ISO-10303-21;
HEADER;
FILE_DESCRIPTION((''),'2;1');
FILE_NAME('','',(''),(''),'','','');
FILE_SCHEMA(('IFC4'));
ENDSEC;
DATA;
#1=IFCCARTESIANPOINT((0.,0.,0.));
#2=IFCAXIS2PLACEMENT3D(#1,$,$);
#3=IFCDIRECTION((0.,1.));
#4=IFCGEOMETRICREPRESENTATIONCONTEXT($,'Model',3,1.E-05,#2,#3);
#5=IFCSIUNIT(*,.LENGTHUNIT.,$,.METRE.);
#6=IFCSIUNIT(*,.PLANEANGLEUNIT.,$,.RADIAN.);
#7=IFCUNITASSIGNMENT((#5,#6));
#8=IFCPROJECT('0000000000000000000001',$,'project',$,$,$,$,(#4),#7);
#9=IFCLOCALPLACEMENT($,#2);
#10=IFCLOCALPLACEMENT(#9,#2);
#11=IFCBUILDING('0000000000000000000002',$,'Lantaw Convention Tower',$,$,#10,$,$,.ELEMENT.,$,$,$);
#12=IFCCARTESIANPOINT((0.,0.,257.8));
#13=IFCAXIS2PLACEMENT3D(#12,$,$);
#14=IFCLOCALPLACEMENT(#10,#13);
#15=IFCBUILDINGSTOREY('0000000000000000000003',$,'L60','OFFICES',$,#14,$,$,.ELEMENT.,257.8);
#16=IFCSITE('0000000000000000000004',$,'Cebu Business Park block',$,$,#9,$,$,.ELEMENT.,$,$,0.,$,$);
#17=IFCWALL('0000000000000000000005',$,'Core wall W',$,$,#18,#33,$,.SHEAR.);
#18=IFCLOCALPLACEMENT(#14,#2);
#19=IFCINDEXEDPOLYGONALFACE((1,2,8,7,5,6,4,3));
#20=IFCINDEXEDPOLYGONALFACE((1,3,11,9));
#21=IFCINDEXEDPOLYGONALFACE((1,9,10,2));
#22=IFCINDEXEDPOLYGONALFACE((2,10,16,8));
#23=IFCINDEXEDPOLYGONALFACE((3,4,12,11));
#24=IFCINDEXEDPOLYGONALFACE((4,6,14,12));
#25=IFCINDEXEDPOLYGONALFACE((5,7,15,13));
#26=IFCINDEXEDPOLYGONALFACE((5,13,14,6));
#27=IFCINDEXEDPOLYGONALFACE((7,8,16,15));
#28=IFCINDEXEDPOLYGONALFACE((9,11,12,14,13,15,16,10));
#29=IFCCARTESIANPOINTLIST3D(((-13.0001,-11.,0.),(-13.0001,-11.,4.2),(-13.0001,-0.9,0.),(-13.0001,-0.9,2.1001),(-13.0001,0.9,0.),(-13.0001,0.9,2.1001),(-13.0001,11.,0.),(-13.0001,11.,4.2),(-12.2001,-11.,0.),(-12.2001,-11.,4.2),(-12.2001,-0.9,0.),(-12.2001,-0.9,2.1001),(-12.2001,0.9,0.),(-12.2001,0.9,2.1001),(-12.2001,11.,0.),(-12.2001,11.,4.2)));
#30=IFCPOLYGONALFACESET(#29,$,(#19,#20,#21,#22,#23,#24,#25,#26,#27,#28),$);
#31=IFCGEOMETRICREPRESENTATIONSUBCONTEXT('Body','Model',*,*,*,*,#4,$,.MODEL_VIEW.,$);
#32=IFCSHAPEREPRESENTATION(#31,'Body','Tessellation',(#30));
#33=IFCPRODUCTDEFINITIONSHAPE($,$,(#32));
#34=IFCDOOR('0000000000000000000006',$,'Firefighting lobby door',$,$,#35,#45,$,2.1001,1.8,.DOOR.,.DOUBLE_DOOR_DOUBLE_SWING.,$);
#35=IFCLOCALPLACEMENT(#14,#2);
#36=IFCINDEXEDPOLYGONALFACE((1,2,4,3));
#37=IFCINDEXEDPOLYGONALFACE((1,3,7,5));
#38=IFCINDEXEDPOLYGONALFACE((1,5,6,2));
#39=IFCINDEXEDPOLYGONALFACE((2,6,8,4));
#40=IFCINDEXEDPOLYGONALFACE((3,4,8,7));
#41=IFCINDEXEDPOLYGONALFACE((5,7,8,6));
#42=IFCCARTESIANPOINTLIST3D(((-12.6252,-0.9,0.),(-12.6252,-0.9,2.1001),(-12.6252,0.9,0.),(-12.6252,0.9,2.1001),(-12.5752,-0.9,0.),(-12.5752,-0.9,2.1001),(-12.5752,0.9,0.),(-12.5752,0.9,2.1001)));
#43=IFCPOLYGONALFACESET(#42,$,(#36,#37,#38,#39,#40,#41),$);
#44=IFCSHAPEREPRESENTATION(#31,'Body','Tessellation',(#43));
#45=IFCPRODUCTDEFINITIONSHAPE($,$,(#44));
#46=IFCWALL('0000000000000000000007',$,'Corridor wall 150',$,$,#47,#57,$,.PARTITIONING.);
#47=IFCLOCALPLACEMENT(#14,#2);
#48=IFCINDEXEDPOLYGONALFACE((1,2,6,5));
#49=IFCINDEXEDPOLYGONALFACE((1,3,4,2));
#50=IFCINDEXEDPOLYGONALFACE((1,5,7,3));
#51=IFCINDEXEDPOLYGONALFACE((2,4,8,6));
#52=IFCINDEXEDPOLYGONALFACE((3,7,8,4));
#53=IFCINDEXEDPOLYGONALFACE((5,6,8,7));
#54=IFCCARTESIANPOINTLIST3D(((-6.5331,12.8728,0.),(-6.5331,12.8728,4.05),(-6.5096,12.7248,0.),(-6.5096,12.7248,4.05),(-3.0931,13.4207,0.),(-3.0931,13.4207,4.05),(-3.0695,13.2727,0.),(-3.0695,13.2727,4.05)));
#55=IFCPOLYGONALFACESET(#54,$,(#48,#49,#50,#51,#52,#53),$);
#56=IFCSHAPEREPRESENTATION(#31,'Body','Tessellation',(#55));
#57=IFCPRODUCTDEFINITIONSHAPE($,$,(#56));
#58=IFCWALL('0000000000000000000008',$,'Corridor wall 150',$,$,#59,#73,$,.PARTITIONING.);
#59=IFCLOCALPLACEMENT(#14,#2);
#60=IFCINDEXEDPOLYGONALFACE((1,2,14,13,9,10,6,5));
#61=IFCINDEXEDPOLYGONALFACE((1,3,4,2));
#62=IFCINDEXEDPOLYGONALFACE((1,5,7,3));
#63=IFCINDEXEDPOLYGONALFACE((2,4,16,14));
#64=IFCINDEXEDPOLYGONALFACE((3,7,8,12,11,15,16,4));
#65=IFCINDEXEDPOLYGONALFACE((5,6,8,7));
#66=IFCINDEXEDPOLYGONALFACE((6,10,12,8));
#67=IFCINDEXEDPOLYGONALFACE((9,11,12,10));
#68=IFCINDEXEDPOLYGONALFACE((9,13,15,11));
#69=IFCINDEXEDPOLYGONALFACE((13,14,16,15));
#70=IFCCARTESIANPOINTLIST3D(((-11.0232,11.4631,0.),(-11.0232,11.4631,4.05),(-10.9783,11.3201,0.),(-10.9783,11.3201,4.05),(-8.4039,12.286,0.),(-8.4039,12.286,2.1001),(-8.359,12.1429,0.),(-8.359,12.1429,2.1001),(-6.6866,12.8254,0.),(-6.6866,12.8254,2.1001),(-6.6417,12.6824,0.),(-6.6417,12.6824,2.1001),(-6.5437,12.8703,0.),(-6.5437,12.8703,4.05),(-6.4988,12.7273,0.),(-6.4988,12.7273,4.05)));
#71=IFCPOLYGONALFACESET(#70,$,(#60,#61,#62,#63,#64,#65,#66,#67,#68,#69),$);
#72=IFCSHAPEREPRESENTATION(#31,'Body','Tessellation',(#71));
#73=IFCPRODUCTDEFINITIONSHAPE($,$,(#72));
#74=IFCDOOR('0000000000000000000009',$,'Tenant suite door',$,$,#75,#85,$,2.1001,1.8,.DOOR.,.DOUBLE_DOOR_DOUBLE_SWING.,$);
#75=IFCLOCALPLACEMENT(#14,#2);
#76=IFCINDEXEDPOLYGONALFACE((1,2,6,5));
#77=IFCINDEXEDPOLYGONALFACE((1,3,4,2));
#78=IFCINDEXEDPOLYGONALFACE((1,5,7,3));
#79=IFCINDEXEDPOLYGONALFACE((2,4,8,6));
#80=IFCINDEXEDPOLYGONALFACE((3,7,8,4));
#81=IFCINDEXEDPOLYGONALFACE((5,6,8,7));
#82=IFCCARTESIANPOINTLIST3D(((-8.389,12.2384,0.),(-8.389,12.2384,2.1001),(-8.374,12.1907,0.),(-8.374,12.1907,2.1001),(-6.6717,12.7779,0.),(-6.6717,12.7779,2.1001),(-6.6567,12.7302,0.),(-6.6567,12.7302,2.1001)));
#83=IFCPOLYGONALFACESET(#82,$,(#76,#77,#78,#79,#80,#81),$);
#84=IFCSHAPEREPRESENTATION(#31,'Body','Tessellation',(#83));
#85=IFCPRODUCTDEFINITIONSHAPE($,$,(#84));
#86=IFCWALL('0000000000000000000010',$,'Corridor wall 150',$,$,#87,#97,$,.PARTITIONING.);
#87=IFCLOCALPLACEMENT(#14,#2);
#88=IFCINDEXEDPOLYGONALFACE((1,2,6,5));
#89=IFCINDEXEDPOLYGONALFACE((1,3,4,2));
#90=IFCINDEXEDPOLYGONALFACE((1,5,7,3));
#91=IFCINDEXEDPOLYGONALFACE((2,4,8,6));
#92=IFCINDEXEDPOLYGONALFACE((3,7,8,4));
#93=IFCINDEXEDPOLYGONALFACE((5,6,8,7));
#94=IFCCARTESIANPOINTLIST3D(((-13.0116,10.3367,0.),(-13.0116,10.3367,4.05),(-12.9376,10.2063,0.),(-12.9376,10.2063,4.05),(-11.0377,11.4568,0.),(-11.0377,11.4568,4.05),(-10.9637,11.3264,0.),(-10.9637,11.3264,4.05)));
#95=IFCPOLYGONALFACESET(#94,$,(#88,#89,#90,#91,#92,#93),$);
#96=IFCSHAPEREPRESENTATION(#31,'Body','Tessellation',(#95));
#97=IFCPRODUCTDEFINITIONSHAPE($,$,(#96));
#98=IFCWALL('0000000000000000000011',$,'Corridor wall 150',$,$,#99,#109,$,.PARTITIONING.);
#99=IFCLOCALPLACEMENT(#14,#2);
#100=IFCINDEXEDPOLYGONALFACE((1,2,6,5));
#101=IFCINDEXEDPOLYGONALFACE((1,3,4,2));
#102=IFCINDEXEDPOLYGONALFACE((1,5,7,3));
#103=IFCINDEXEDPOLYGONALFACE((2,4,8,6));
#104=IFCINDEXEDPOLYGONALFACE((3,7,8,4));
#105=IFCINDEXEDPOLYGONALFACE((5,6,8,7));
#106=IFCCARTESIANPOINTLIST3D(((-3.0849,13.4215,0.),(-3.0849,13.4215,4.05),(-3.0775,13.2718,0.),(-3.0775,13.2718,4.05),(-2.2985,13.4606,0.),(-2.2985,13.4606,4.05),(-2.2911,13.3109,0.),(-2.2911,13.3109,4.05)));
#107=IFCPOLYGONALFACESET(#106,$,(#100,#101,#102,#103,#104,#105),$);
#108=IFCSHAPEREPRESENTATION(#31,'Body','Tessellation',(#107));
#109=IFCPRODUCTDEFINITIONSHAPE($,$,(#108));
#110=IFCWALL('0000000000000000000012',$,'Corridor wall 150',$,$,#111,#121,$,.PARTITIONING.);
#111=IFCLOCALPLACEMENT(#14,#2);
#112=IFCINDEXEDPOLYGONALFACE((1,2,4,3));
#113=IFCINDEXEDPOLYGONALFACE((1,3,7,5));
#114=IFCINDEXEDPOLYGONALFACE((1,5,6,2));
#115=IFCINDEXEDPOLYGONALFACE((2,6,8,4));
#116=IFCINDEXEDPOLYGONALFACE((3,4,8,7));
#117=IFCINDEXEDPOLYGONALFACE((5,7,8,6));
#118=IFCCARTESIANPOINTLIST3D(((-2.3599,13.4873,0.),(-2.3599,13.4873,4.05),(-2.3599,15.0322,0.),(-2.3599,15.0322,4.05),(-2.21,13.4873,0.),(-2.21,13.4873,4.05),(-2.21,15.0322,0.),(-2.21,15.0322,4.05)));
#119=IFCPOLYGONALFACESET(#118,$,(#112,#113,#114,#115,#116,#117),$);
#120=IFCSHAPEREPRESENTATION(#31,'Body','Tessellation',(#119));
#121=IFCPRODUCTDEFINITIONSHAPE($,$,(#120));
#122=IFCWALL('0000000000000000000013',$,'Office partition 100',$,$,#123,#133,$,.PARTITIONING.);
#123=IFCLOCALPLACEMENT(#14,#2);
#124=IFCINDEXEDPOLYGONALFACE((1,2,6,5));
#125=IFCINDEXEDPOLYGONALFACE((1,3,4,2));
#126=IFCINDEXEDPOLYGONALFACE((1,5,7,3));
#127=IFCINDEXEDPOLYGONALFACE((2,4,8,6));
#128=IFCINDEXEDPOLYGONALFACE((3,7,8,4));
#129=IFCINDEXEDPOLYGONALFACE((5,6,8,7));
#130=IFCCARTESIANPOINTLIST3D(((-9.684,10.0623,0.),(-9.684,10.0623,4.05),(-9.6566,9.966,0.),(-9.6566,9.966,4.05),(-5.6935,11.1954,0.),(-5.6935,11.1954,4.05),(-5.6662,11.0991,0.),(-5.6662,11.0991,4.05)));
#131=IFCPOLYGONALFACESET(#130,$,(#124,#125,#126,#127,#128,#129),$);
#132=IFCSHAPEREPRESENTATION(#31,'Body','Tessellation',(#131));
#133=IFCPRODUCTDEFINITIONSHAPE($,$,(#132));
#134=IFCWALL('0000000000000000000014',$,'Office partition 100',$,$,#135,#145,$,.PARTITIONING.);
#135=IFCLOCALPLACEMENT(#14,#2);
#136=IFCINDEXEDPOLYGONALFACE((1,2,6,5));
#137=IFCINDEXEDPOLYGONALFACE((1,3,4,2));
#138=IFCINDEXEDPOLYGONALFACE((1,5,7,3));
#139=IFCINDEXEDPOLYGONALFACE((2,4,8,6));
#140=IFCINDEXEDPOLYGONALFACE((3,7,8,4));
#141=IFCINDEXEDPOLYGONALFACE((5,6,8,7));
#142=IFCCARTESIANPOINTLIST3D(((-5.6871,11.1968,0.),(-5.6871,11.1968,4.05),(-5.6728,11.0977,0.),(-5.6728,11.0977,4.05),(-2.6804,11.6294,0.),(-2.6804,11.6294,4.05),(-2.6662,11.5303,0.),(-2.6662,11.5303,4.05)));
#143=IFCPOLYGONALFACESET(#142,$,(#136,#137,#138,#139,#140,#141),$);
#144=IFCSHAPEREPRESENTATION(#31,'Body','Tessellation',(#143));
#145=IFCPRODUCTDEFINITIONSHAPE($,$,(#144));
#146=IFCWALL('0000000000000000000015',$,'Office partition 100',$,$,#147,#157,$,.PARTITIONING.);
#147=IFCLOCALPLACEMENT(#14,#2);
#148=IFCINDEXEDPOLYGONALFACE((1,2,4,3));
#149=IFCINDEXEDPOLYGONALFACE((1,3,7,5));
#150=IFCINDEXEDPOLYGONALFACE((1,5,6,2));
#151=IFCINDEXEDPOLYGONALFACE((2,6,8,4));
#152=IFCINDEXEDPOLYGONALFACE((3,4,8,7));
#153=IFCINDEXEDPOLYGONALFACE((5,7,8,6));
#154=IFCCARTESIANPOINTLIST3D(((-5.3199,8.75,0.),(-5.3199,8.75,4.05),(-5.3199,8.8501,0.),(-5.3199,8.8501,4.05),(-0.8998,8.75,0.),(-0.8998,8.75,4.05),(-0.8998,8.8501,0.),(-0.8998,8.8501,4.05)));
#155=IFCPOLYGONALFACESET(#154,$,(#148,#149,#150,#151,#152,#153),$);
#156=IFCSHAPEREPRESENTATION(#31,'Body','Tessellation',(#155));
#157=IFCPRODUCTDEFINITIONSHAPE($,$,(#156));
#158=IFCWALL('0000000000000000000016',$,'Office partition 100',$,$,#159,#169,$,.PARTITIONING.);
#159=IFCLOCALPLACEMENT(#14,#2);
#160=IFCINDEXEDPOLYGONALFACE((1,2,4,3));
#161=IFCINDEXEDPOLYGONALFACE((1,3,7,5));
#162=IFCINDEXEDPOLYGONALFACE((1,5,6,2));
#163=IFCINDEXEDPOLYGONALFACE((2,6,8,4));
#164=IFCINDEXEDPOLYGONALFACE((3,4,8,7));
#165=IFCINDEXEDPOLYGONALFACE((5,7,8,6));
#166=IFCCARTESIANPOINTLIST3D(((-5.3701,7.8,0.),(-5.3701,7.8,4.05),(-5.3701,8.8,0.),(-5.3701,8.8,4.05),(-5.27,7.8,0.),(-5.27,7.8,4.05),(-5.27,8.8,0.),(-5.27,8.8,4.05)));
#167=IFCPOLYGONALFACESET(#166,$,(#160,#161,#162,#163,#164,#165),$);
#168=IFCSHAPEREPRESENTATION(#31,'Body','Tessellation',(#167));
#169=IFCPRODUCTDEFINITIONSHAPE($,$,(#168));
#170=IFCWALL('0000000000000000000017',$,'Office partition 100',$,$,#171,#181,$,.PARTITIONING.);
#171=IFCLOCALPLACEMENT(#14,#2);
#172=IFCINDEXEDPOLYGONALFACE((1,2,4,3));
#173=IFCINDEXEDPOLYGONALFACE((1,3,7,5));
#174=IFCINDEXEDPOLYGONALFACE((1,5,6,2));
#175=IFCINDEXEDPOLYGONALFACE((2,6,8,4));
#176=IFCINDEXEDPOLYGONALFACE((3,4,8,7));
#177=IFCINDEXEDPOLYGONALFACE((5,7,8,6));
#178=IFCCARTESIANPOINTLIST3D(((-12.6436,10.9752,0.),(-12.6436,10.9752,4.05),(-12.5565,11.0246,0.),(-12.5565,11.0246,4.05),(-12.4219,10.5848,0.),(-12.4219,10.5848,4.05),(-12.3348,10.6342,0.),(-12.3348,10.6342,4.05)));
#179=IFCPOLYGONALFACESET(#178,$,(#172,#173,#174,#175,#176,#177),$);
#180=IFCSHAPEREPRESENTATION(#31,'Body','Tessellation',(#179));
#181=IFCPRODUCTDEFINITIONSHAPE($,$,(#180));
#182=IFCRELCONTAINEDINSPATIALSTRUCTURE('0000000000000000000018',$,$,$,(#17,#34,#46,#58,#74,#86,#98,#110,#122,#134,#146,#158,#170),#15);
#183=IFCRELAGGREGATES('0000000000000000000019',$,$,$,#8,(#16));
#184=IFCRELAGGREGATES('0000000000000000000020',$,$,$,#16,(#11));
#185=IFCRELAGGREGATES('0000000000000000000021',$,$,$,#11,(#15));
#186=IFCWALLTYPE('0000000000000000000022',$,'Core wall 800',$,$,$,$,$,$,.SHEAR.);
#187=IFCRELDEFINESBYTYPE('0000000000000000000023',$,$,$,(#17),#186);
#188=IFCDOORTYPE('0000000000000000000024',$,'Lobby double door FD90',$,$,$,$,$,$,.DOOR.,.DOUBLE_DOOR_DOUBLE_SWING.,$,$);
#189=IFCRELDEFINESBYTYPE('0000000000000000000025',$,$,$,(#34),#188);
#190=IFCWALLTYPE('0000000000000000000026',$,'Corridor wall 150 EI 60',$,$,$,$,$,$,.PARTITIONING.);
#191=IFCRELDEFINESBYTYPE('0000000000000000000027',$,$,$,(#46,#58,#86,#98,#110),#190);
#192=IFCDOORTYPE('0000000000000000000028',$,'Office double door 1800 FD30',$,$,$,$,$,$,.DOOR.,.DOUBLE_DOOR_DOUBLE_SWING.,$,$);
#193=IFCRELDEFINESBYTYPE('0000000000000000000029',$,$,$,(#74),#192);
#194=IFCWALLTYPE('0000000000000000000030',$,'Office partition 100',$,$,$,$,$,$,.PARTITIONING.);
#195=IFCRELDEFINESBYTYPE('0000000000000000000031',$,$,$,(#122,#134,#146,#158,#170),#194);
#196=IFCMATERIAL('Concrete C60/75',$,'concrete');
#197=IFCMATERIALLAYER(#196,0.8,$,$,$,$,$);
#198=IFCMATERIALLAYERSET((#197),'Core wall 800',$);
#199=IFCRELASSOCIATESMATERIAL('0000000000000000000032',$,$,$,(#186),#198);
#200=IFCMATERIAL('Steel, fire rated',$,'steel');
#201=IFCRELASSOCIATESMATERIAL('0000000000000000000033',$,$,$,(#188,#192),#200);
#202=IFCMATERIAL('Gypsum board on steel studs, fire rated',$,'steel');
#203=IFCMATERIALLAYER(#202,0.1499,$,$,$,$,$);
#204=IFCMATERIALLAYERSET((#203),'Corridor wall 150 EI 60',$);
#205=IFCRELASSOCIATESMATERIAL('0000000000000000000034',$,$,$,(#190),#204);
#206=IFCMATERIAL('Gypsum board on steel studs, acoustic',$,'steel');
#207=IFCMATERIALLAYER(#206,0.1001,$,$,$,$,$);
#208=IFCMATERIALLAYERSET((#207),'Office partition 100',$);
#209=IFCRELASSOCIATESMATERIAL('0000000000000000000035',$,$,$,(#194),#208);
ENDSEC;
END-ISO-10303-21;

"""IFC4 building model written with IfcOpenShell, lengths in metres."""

from ifc_helpers import new_model, si_unit, direction, frame, frame_2d, origin, place, context, subcontext, project, spatial, rectangle, extrude, material, layer, layer_set, type_object, element, fill, save


model = new_model("IFC4")

# Units and contexts
model_context = context("Model", 3, precision=1e-05, world=origin(), true_north=direction((0.0, 1.0)))
body_context = subcontext(model_context, "Body", "Model", "MODEL_VIEW")
ifc_project = project(units=[si_unit("LENGTHUNIT", "METRE"), si_unit("PLANEANGLEUNIT", "RADIAN")], contexts=[model_context])

# Site, building, storey
site_placement = place(None, origin())
site = spatial("IfcSite", under=ifc_project, at=site_placement, Name="Cebu Business Park block", CompositionType="ELEMENT", RefElevation=0.0)
building_placement = place(site_placement, origin())
building = spatial("IfcBuilding", under=site, at=building_placement, Name="Lantaw Convention Tower", CompositionType="ELEMENT")
storey_placement = place(building_placement, frame((0.0, 0.0, 257.8)))
storey = spatial("IfcBuildingStorey", under=building, at=storey_placement, Name="L60", Description="OFFICES", CompositionType="ELEMENT", Elevation=257.8)

# Shared definitions
ifc_material_1 = material(Name="Concrete C60/75", Category="concrete")

# Wall, opening, door
ifc_layer_1 = layer(ifc_material_1, 0.8)
ifc_layer_set_1 = layer_set([ifc_layer_1], Name="Core wall 800")
wall_type_1 = type_object("IfcWallType", Name="Core wall 800", PredefinedType="SHEAR", material=ifc_layer_set_1)
wall_1_placement = place(storey_placement, frame((-12.6001, 11.0, 0.0), z_axis=(0.0, 0.0, 1.0), x_axis=(0.0, -1.0, 0.0)))
wall_1 = element("IfcWall", 1, at=wall_1_placement, inside=storey, type_object=wall_type_1, Name="Core wall W", PredefinedType="SHEAR", context=body_context, shape_type="SweptSolid", body=[
    extrude(rectangle(XDim=22.0, YDim=0.8, at=frame_2d((11.0, 0.0))), origin(), (0.0, 0.0, 1.0), 4.2),
])
opening_1_placement = place(wall_1_placement, frame((10.1001, 0.0, 0.0)))
opening_1 = element("IfcOpeningElement", 2, at=opening_1_placement, cuts=wall_1, PredefinedType="OPENING", context=body_context, shape_type="SweptSolid", body=[
    extrude(rectangle(XDim=1.8, YDim=2.1001, at=frame_2d((0.8999, 1.05))), frame((0.0, 0.4099, 0.0), z_axis=(0.0, -1.0, 0.0), x_axis=(1.0, 0.0, 0.0)), (0.0, 0.0, 1.0), 0.8201),
])
ifc_material_2 = material(Name="Steel, fire rated", Category="steel")
door_type_1 = type_object("IfcDoorType", Name="Lobby double door FD90", OperationType="DOUBLE_DOOR_DOUBLE_SWING", PredefinedType="DOOR", material=ifc_material_2)
door_1_placement = place(opening_1_placement, origin())
door_1 = element("IfcDoor", 3, at=door_1_placement, inside=storey, type_object=door_type_1, Name="Firefighting lobby door", OperationType="DOUBLE_DOOR_DOUBLE_SWING", OverallHeight=2.1001, OverallWidth=1.8, PredefinedType="DOOR", context=body_context, shape_type="SweptSolid", body=[
    extrude(rectangle(XDim=1.8, YDim=2.1001, at=frame_2d((0.8999, 1.05))), frame((0.0, 0.0249, 0.0), z_axis=(0.0, -1.0, 0.0), x_axis=(1.0, 0.0, 0.0)), (0.0, 0.0, 1.0), 0.05),
])
fill(opening_1, door_1)

# Wall
ifc_material_3 = material(Name="Gypsum board on steel studs, fire rated", Category="steel")
ifc_layer_2 = layer(ifc_material_3, 0.1499)
ifc_layer_set_2 = layer_set([ifc_layer_2], Name="Corridor wall 150 EI 60")
wall_type_2 = type_object("IfcWallType", Name="Corridor wall 150 EI 60", PredefinedType="PARTITIONING", material=ifc_layer_set_2)
wall_2_placement = place(storey_placement, frame((-3.0813, 13.3467, 0.0), z_axis=(0.0, 0.0, 1.0), x_axis=(-0.987554, -0.15728, 0.0)))
element("IfcWall", 4, at=wall_2_placement, inside=storey, type_object=wall_type_2, Name="Corridor wall 150", PredefinedType="PARTITIONING", context=body_context, shape_type="SweptSolid", body=[
    extrude(rectangle(XDim=3.4834, YDim=0.1499, at=frame_2d((1.7417, 0.0))), origin(), (0.0, 0.0, 1.0), 4.05),
])

# Wall, opening, door
wall_3_placement = place(storey_placement, frame((-6.5212, 12.7988, 0.0), z_axis=(0.0, 0.0, 1.0), x_axis=(-0.954031, -0.299708, 0.0)))
wall_3 = element("IfcWall", 5, at=wall_3_placement, inside=storey, type_object=wall_type_2, Name="Corridor wall 150", PredefinedType="PARTITIONING", context=body_context, shape_type="SweptSolid", body=[
    extrude(rectangle(XDim=4.6953, YDim=0.1499, at=frame_2d((2.3477, 0.0))), origin(), (0.0, 0.0, 1.0), 4.05),
])
opening_2_placement = place(wall_3_placement, frame((0.1499, 0.0, 0.0)))
opening_2 = element("IfcOpeningElement", 6, at=opening_2_placement, cuts=wall_3, PredefinedType="OPENING", context=body_context, shape_type="SweptSolid", body=[
    extrude(rectangle(XDim=1.8, YDim=2.1001, at=frame_2d((0.8999, 1.05))), frame((0.0, 0.085, 0.0), z_axis=(0.0, -1.0, 0.0), x_axis=(1.0, 0.0, 0.0)), (0.0, 0.0, 1.0), 0.1699),
])
door_type_2 = type_object("IfcDoorType", Name="Office double door 1800 FD30", OperationType="DOUBLE_DOOR_DOUBLE_SWING", PredefinedType="DOOR", material=ifc_material_2)
door_2_placement = place(opening_2_placement, origin())
door_2 = element("IfcDoor", 7, at=door_2_placement, inside=storey, type_object=door_type_2, Name="Tenant suite door", OperationType="DOUBLE_DOOR_DOUBLE_SWING", OverallHeight=2.1001, OverallWidth=1.8, PredefinedType="DOOR", context=body_context, shape_type="SweptSolid", body=[
    extrude(rectangle(XDim=1.8, YDim=2.1001, at=frame_2d((0.8999, 1.05))), frame((0.0, 0.0249, 0.0), z_axis=(0.0, -1.0, 0.0), x_axis=(1.0, 0.0, 0.0)), (0.0, 0.0, 1.0), 0.05),
])
fill(opening_2, door_2)

# Walls
wall_4_placement = place(storey_placement, frame((-11.0007, 11.3916, 0.0), z_axis=(0.0, 0.0, 1.0), x_axis=(-0.869722, -0.493542, 0.0)))
element("IfcWall", 8, at=wall_4_placement, inside=storey, type_object=wall_type_2, Name="Corridor wall 150", PredefinedType="PARTITIONING", context=body_context, shape_type="SweptSolid", body=[
    extrude(rectangle(XDim=2.2695, YDim=0.1499, at=frame_2d((1.1348, 0.0))), origin(), (0.0, 0.0, 1.0), 4.05),
])
wall_5_placement = place(storey_placement, frame((-2.2949, 13.3857, 0.0), z_axis=(0.0, 0.0, 1.0), x_axis=(-0.998769, -0.049613, 0.0)))
element("IfcWall", 9, at=wall_5_placement, inside=storey, type_object=wall_type_2, Name="Corridor wall 150", PredefinedType="PARTITIONING", context=body_context, shape_type="SweptSolid", body=[
    extrude(rectangle(XDim=0.7874, YDim=0.1499, at=frame_2d((0.3936, 0.0))), origin(), (0.0, 0.0, 1.0), 4.05),
])
wall_6_placement = place(storey_placement, frame((-2.2849, 13.4873, 0.0), z_axis=(0.0, 0.0, 1.0), x_axis=(0.0, 1.0, 0.0)))
element("IfcWall", 10, at=wall_6_placement, inside=storey, type_object=wall_type_2, Name="Corridor wall 150", PredefinedType="PARTITIONING", context=body_context, shape_type="SweptSolid", body=[
    extrude(rectangle(XDim=1.5449, YDim=0.1499, at=frame_2d((0.7725, 0.0))), origin(), (0.0, 0.0, 1.0), 4.05),
])
ifc_material_4 = material(Name="Gypsum board on steel studs, acoustic", Category="steel")
ifc_layer_3 = layer(ifc_material_4, 0.1001)
ifc_layer_set_3 = layer_set([ifc_layer_3], Name="Office partition 100")
wall_type_3 = type_object("IfcWallType", Name="Office partition 100", PredefinedType="PARTITIONING", material=ifc_layer_set_3)
wall_7_placement = place(storey_placement, frame((-9.6704, 10.0142, 0.0), z_axis=(0.0, 0.0, 1.0), x_axis=(0.961973, 0.273143, 0.0)))
element("IfcWall", 11, at=wall_7_placement, inside=storey, type_object=wall_type_3, Name="Office partition 100", PredefinedType="PARTITIONING", context=body_context, shape_type="SweptSolid", body=[
    extrude(rectangle(XDim=4.1482, YDim=0.1001, at=frame_2d((2.0742, 0.0))), origin(), (0.0, 0.0, 1.0), 4.05),
])
wall_8_placement = place(storey_placement, frame((-5.6799, 11.1472, 0.0), z_axis=(0.0, 0.0, 1.0), x_axis=(0.989806, 0.142423, 0.0)))
element("IfcWall", 12, at=wall_8_placement, inside=storey, type_object=wall_type_3, Name="Office partition 100", PredefinedType="PARTITIONING", context=body_context, shape_type="SweptSolid", body=[
    extrude(rectangle(XDim=3.0376, YDim=0.1001, at=frame_2d((1.5188, 0.0))), origin(), (0.0, 0.0, 1.0), 4.05),
])
wall_9_placement = place(storey_placement, frame((-0.8999, 8.8, 0.0), z_axis=(0.0, 0.0, 1.0), x_axis=(-1.0, 0.0, 0.0)))
element("IfcWall", 13, at=wall_9_placement, inside=storey, type_object=wall_type_3, Name="Office partition 100", PredefinedType="PARTITIONING", context=body_context, shape_type="SweptSolid", body=[
    extrude(rectangle(XDim=4.4202, YDim=0.1001, at=frame_2d((2.21, 0.0))), origin(), (0.0, 0.0, 1.0), 4.05),
])
wall_10_placement = place(storey_placement, frame((-5.3201, 8.8, 0.0), z_axis=(0.0, 0.0, 1.0), x_axis=(0.0, -1.0, 0.0)))
element("IfcWall", 14, at=wall_10_placement, inside=storey, type_object=wall_type_3, Name="Office partition 100", PredefinedType="PARTITIONING", context=body_context, shape_type="SweptSolid", body=[
    extrude(rectangle(XDim=1.0, YDim=0.1001, at=frame_2d((0.5, 0.0))), origin(), (0.0, 0.0, 1.0), 4.05),
])
wall_11_placement = place(storey_placement, frame((-12.6001, 11.0, 0.0), z_axis=(0.0, 0.0, 1.0), x_axis=(0.493794, -0.869579, 0.0)))
element("IfcWall", 15, at=wall_11_placement, inside=storey, type_object=wall_type_3, Name="Office partition 100", PredefinedType="PARTITIONING", context=body_context, shape_type="SweptSolid", body=[
    extrude(rectangle(XDim=0.449, YDim=0.1001, at=frame_2d((0.2246, 0.0))), origin(), (0.0, 0.0, 1.0), 4.05),
])

save(model, "model.ifc")
